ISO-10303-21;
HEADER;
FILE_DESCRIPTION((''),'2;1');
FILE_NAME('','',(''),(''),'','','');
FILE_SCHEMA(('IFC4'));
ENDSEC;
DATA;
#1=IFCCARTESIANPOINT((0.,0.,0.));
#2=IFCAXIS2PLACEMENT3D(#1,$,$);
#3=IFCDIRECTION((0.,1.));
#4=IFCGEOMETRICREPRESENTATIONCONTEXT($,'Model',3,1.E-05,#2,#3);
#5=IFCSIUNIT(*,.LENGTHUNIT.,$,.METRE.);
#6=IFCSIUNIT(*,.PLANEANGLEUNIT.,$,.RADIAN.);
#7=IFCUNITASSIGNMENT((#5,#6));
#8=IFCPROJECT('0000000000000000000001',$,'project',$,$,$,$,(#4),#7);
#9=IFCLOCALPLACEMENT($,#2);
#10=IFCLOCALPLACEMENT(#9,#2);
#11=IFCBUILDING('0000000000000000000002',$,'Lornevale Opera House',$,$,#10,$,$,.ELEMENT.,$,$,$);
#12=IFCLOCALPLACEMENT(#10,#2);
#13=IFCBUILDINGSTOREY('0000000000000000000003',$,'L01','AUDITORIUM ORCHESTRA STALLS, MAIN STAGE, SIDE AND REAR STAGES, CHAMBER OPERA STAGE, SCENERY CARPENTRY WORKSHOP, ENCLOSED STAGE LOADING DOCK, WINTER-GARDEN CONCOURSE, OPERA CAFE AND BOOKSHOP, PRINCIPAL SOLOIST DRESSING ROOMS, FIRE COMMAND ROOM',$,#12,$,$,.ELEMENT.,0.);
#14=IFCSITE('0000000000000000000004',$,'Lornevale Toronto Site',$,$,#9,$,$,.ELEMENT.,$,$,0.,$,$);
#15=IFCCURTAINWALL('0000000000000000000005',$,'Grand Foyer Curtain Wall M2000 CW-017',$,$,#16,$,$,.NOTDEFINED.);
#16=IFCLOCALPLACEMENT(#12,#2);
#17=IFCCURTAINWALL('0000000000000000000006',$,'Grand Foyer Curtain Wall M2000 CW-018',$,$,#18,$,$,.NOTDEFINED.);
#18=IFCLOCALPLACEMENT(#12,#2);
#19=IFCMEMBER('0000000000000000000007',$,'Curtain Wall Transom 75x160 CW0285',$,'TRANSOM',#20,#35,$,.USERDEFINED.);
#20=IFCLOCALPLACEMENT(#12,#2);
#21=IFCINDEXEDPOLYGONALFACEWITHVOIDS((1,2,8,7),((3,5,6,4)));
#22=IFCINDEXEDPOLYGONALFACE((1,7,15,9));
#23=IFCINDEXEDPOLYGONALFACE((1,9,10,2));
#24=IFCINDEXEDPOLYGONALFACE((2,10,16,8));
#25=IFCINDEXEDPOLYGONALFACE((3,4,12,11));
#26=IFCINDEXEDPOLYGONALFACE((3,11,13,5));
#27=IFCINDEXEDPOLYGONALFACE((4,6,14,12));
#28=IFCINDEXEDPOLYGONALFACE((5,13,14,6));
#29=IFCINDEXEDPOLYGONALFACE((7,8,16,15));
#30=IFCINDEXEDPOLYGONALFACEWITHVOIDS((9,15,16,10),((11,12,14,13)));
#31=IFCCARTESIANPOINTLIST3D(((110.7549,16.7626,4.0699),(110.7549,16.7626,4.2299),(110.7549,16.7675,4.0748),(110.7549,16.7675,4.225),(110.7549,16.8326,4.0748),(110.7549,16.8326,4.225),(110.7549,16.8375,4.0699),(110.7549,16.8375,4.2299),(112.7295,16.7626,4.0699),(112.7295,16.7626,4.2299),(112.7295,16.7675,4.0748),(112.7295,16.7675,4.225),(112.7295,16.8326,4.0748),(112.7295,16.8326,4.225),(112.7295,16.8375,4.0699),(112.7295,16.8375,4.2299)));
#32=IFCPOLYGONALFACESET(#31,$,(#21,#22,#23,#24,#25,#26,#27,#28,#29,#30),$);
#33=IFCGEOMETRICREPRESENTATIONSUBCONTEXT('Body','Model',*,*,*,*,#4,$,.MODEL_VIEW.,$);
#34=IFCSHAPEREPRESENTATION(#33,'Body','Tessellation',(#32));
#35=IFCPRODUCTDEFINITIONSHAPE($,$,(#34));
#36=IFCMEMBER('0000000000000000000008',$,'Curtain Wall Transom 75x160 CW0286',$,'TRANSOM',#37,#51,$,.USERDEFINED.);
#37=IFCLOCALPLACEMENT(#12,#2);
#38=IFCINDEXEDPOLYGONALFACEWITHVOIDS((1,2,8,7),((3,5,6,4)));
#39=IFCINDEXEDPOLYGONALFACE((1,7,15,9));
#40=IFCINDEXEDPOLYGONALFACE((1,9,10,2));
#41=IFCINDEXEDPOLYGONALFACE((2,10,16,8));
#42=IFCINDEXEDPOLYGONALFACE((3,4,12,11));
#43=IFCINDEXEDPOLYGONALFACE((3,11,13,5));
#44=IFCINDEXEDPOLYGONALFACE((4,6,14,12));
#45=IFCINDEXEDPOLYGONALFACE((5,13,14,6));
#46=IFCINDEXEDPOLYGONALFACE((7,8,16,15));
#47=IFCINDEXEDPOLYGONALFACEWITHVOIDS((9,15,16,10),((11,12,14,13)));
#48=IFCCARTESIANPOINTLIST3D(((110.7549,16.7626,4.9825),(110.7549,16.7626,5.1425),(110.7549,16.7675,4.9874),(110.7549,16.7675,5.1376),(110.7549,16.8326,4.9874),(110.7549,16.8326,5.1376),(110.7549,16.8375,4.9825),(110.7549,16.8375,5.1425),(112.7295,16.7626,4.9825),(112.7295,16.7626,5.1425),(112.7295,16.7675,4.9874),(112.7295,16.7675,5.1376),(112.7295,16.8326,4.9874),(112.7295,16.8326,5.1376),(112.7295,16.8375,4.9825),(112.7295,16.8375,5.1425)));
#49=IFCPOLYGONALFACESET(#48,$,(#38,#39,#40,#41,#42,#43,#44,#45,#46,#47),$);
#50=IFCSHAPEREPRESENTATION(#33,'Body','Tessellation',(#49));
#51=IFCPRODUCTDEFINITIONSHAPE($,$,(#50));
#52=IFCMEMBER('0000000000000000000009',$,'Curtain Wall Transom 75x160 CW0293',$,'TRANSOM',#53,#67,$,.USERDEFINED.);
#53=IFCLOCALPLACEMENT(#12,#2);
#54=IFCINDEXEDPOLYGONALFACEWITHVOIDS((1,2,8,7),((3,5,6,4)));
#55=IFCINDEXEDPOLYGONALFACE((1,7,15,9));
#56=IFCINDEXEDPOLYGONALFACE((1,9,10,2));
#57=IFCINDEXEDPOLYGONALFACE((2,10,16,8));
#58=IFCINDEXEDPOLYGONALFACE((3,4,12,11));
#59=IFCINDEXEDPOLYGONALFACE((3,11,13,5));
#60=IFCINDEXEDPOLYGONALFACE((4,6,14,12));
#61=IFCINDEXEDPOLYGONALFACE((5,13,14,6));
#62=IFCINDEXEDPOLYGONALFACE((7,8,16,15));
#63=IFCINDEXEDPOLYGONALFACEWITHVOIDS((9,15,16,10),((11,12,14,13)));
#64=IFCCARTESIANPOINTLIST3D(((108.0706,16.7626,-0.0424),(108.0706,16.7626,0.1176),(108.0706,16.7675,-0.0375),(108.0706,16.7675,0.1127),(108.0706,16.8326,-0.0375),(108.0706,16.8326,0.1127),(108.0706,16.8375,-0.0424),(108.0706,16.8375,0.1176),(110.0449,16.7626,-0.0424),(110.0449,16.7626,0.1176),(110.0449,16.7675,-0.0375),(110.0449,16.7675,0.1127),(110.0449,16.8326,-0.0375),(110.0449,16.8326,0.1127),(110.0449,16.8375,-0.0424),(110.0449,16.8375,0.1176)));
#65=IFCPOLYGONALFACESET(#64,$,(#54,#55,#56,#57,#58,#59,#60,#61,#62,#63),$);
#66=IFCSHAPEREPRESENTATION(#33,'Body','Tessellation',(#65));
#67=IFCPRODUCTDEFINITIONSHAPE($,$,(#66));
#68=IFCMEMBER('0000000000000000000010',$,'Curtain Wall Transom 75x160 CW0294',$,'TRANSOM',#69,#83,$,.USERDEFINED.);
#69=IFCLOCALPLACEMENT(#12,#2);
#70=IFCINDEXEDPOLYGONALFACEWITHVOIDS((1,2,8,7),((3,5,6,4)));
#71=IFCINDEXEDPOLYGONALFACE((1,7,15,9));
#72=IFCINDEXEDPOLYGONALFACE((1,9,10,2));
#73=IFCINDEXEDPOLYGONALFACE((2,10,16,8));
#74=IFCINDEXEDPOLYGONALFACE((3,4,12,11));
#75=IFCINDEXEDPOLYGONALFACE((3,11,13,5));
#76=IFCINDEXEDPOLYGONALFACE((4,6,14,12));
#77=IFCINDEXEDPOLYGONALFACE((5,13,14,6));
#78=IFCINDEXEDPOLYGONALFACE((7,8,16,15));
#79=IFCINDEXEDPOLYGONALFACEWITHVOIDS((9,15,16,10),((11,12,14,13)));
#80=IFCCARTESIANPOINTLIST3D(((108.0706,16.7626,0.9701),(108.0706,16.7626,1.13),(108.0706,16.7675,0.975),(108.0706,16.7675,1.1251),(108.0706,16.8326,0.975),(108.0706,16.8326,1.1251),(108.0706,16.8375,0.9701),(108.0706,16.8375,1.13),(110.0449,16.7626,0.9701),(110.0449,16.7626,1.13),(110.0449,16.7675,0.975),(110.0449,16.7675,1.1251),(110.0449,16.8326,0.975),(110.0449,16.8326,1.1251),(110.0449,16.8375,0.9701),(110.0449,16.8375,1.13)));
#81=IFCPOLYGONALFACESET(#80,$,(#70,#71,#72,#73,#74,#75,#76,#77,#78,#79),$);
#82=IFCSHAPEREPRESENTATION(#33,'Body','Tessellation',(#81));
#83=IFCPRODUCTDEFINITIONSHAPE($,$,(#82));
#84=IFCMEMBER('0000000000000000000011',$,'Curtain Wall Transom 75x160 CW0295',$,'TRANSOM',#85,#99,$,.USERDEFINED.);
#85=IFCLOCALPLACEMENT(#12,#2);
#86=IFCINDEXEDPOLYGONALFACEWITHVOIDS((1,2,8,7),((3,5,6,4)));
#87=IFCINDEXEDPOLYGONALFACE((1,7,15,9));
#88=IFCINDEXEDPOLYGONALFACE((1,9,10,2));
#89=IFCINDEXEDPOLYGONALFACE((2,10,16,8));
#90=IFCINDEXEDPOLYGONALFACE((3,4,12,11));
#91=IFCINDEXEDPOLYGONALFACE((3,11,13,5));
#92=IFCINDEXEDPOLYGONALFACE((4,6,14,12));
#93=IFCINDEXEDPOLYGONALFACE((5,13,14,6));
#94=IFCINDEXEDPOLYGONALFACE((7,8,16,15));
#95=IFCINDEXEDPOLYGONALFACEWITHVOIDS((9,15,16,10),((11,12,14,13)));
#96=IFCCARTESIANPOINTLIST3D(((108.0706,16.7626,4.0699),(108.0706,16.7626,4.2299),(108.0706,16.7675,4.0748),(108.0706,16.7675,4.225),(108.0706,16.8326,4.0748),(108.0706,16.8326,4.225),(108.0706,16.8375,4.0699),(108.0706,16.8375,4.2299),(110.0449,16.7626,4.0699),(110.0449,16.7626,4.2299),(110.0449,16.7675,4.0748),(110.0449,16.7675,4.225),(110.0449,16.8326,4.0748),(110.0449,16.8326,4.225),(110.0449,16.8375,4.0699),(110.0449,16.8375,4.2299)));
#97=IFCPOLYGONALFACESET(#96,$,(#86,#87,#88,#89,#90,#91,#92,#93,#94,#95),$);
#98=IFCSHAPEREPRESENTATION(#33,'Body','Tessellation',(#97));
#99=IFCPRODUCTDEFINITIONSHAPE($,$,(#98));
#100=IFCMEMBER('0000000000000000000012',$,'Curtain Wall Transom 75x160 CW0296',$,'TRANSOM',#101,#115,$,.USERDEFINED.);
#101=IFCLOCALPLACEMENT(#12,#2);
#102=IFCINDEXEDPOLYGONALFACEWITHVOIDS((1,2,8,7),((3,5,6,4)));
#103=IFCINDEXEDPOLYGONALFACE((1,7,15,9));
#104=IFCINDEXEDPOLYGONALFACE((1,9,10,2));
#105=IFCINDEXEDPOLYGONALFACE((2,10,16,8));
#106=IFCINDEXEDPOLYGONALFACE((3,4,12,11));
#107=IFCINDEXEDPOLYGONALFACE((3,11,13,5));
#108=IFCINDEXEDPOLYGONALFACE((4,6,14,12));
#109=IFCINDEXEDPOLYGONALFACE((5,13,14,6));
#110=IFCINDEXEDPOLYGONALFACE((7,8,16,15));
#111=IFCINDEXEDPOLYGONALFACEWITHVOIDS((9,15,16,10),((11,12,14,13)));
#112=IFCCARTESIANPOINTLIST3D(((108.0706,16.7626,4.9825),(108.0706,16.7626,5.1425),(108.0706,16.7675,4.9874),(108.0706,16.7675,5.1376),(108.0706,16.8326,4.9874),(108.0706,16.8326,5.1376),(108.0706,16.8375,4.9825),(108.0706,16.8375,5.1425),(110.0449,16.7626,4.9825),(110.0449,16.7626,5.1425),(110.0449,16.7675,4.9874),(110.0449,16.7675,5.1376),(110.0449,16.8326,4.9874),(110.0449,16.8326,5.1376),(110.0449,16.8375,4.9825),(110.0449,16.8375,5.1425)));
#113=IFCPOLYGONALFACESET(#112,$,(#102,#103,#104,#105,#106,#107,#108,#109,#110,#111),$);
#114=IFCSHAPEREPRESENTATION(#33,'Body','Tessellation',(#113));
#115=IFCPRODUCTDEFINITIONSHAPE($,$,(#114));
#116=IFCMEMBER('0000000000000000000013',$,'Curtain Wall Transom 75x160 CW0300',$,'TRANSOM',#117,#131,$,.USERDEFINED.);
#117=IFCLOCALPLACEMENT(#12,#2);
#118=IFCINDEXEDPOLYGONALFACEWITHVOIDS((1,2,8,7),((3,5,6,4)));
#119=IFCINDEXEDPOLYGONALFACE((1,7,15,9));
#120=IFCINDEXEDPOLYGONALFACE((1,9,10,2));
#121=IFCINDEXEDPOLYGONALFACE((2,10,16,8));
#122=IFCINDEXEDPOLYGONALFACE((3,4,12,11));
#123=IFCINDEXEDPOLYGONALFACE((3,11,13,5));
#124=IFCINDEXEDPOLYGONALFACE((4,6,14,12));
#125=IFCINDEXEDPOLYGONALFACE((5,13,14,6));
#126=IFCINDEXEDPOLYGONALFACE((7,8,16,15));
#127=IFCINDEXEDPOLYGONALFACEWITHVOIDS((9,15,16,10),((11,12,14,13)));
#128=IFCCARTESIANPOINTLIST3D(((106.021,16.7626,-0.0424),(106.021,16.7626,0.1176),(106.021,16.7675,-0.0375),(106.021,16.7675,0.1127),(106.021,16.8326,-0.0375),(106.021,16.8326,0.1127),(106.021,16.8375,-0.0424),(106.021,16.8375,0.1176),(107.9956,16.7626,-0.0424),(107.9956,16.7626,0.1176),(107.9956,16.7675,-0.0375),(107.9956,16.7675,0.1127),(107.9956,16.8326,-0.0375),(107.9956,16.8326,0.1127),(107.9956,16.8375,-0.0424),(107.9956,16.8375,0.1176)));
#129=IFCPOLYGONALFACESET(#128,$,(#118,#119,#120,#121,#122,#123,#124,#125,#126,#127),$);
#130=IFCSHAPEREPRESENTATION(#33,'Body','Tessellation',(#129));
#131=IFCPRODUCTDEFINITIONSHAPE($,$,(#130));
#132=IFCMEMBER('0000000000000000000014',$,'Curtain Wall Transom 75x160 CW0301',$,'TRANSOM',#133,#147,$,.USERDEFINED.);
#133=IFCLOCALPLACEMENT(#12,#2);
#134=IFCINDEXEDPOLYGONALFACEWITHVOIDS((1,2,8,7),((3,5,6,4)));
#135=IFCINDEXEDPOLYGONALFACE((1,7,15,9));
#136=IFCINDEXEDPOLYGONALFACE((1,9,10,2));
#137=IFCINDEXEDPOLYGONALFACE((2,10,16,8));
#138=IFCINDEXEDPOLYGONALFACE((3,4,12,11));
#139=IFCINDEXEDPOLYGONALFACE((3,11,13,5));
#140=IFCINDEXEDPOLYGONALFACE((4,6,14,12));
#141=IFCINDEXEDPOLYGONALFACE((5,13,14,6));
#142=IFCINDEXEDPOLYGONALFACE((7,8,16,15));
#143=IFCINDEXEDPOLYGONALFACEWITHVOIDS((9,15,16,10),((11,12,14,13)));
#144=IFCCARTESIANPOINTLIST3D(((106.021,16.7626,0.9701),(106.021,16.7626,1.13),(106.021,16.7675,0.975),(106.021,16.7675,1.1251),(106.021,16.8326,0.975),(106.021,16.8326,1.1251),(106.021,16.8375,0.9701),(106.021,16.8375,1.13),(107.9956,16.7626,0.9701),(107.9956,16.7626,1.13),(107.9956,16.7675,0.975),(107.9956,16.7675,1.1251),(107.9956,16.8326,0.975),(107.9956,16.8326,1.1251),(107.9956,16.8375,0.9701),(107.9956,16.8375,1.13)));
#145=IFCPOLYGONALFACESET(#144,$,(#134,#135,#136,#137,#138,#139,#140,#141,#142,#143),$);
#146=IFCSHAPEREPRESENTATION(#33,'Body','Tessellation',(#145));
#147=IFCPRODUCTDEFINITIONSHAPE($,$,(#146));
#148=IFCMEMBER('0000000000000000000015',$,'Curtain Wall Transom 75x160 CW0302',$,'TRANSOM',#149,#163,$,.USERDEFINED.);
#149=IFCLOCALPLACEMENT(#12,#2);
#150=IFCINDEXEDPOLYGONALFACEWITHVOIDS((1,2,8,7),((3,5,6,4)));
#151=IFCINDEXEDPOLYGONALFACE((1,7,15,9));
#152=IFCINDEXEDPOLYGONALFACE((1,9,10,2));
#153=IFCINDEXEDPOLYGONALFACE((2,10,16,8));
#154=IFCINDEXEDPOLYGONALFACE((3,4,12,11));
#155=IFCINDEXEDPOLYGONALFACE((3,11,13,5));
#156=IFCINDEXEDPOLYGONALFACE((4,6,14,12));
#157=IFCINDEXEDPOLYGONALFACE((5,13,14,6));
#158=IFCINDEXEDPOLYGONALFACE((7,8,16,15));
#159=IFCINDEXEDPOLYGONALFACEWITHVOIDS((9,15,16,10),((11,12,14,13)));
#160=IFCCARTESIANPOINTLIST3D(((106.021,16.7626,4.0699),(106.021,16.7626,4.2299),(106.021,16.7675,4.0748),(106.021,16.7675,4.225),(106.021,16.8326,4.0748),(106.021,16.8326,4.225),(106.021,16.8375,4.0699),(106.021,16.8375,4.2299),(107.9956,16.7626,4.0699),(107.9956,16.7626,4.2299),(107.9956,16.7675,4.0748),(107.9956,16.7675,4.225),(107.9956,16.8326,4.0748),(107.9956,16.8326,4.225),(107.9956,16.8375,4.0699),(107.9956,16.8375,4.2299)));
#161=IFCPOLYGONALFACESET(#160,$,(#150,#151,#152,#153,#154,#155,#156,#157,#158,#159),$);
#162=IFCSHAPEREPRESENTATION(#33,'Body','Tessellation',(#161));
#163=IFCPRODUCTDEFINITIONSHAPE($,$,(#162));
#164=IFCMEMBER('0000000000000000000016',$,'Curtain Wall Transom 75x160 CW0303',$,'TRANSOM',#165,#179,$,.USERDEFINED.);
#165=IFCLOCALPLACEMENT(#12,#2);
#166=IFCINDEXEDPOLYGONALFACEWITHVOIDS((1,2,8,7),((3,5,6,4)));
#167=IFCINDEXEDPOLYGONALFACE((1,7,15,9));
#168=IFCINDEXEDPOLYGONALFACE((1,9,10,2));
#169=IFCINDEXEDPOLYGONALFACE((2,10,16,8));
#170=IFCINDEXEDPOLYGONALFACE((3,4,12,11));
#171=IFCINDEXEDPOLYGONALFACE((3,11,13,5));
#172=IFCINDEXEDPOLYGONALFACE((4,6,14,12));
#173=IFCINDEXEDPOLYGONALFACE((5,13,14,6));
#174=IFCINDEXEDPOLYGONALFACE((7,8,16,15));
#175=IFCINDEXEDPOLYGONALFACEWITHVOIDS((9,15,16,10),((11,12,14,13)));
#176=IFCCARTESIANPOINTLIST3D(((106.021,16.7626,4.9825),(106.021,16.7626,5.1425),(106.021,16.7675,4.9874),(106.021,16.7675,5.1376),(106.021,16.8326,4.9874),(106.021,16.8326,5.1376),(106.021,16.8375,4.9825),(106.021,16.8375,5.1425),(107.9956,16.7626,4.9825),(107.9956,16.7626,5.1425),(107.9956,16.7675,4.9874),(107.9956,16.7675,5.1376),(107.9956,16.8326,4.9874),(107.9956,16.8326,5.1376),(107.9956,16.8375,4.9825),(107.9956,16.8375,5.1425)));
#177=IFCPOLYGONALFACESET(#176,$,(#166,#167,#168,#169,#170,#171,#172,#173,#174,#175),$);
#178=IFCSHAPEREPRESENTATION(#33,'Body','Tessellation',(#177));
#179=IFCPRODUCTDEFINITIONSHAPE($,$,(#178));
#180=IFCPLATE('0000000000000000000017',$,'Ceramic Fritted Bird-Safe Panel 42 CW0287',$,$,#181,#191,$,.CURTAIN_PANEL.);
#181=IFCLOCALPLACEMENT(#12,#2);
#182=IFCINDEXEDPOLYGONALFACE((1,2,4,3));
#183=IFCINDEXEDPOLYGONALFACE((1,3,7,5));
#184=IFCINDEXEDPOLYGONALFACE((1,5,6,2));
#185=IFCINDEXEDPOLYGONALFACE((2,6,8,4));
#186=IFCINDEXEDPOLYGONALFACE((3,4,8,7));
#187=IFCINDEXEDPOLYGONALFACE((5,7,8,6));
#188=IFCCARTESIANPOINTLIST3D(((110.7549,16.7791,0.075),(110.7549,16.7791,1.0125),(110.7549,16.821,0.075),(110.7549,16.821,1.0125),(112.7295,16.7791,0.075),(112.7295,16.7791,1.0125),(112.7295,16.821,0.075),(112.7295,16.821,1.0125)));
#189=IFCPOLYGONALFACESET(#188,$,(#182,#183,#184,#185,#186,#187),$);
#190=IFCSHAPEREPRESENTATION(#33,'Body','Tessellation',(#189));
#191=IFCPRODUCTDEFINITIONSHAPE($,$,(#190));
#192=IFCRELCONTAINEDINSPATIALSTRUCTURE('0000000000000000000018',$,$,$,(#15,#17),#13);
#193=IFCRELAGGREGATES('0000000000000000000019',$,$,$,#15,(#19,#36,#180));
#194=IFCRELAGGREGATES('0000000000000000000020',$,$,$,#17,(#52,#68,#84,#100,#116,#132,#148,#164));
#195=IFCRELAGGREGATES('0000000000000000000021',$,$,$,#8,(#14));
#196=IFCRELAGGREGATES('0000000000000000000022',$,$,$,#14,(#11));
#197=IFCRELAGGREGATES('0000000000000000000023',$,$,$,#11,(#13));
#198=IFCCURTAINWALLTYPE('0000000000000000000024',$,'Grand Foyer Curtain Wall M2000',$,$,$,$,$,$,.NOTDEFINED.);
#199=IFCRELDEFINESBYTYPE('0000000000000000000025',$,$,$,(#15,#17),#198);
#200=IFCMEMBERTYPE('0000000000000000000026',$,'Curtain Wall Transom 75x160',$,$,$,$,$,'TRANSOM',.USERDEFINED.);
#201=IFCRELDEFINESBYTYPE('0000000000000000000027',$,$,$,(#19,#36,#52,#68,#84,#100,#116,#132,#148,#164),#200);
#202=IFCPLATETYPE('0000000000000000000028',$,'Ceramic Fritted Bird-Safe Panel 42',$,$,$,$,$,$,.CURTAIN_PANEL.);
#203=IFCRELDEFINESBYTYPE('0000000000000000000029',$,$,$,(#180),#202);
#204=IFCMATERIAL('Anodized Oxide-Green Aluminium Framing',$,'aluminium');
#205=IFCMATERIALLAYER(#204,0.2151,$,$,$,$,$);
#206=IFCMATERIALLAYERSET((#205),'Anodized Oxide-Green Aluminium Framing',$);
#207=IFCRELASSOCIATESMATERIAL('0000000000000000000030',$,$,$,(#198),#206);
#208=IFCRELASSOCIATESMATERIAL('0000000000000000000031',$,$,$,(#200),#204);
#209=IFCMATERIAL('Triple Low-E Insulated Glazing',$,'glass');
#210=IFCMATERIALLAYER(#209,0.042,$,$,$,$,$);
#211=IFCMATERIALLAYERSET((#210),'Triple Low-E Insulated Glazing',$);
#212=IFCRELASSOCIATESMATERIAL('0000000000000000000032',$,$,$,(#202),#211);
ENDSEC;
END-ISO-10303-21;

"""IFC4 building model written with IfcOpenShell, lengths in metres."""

from ifc_helpers import new_model, si_unit, direction, frame, origin, origin_2d, place, context, subcontext, project, spatial, rectangle, hollow_rectangle, extrude, material, layer, layer_set, material_profile, profile_set, type_object, element, aggregate, save


model = new_model("IFC4")

# Units and contexts
model_context = context("Model", 3, precision=1e-05, world=origin(), true_north=direction((0.0, 1.0)))
body_context = subcontext(model_context, "Body", "Model", "MODEL_VIEW")
ifc_project = project(units=[si_unit("LENGTHUNIT", "METRE"), si_unit("PLANEANGLEUNIT", "RADIAN")], contexts=[model_context])

# Site, building, storey
site_placement = place(None, origin())
site = spatial("IfcSite", under=ifc_project, at=site_placement, Name="Lornevale Toronto Site", CompositionType="ELEMENT", RefElevation=0.0)
building_placement = place(site_placement, origin())
building = spatial("IfcBuilding", under=site, at=building_placement, Name="Lornevale Opera House", CompositionType="ELEMENT")
storey_placement = place(building_placement, origin())
storey = spatial("IfcBuildingStorey", under=building, at=storey_placement, Name="L01", Description="AUDITORIUM ORCHESTRA STALLS, MAIN STAGE, SIDE AND REAR STAGES, CHAMBER OPERA STAGE, SCENERY CARPENTRY WORKSHOP, ENCLOSED STAGE LOADING DOCK, WINTER-GARDEN CONCOURSE, OPERA CAFE AND BOOKSHOP, PRINCIPAL SOLOIST DRESSING ROOMS, FIRE COMMAND ROOM", CompositionType="ELEMENT", Elevation=0.0)

# Curtain wall
ifc_material_1 = material(Name="Anodized Oxide-Green Aluminium Framing", Category="aluminium")
ifc_layer_1 = layer(ifc_material_1, 0.2151)
ifc_layer_set_1 = layer_set([ifc_layer_1], Name="Anodized Oxide-Green Aluminium Framing")
curtain_wall_type = type_object("IfcCurtainWallType", Name="Grand Foyer Curtain Wall M2000", PredefinedType="NOTDEFINED", material=ifc_layer_set_1)
curtain_wall_1_placement = place(storey_placement, origin())
curtain_wall_1 = element("IfcCurtainWall", 1, at=curtain_wall_1_placement, inside=storey, type_object=curtain_wall_type, Name="Grand Foyer Curtain Wall M2000 CW-017", PredefinedType="NOTDEFINED")

# Curtain wall
curtain_wall_2_placement = place(storey_placement, origin())
curtain_wall_2 = element("IfcCurtainWall", 2, at=curtain_wall_2_placement, inside=storey, type_object=curtain_wall_type, Name="Grand Foyer Curtain Wall M2000 CW-018", PredefinedType="NOTDEFINED")

# Members
ifc_material_profile_1 = material_profile(ifc_material_1, hollow_rectangle(XDim=0.075, YDim=0.1599, WallThickness=0.0049, at=origin_2d()), Name="ALU75x160x5")
ifc_profile_set_1 = profile_set([ifc_material_profile_1], Name="Anodized Oxide-Green Aluminium Framing")
member_type_1 = type_object("IfcMemberType", Name="Curtain Wall Transom 75x160", ElementType="TRANSOM", PredefinedType="USERDEFINED", material=ifc_profile_set_1)
member_1_placement = place(storey_placement, frame((112.7295, 16.8, 4.1499), z_axis=(-1.0, 0.0, 0.0), x_axis=(0.0, -1.0, 0.0)))
member_1 = element("IfcMember", 3, at=member_1_placement, type_object=member_type_1, Name="Curtain Wall Transom 75x160 CW0285", ObjectType="TRANSOM", PredefinedType="USERDEFINED", context=body_context, shape_type="SweptSolid", body=[
    extrude(hollow_rectangle(XDim=0.075, YDim=0.1599, WallThickness=0.0049, at=origin_2d()), origin(), (0.0, 0.0, 1.0), 1.9746),
])
member_2_placement = place(storey_placement, frame((112.7295, 16.8, 5.0625), z_axis=(-1.0, 0.0, 0.0), x_axis=(0.0, -1.0, 0.0)))
member_2 = element("IfcMember", 4, at=member_2_placement, type_object=member_type_1, Name="Curtain Wall Transom 75x160 CW0286", ObjectType="TRANSOM", PredefinedType="USERDEFINED", context=body_context, shape_type="SweptSolid", body=[
    extrude(hollow_rectangle(XDim=0.075, YDim=0.1599, WallThickness=0.0049, at=origin_2d()), origin(), (0.0, 0.0, 1.0), 1.9746),
])
member_3_placement = place(storey_placement, frame((110.0449, 16.8, 0.0376), z_axis=(-1.0, 0.0, 0.0), x_axis=(0.0, -1.0, 0.0)))
member_3 = element("IfcMember", 5, at=member_3_placement, type_object=member_type_1, Name="Curtain Wall Transom 75x160 CW0293", ObjectType="TRANSOM", PredefinedType="USERDEFINED", context=body_context, shape_type="SweptSolid", body=[
    extrude(hollow_rectangle(XDim=0.075, YDim=0.1599, WallThickness=0.0049, at=origin_2d()), origin(), (0.0, 0.0, 1.0), 1.9744),
])
member_4_placement = place(storey_placement, frame((110.0449, 16.8, 1.05), z_axis=(-1.0, 0.0, 0.0), x_axis=(0.0, -1.0, 0.0)))
member_4 = element("IfcMember", 6, at=member_4_placement, type_object=member_type_1, Name="Curtain Wall Transom 75x160 CW0294", ObjectType="TRANSOM", PredefinedType="USERDEFINED", context=body_context, shape_type="SweptSolid", body=[
    extrude(hollow_rectangle(XDim=0.075, YDim=0.1599, WallThickness=0.0049, at=origin_2d()), origin(), (0.0, 0.0, 1.0), 1.9744),
])
member_5_placement = place(storey_placement, frame((110.0449, 16.8, 4.1499), z_axis=(-1.0, 0.0, 0.0), x_axis=(0.0, -1.0, 0.0)))
member_5 = element("IfcMember", 7, at=member_5_placement, type_object=member_type_1, Name="Curtain Wall Transom 75x160 CW0295", ObjectType="TRANSOM", PredefinedType="USERDEFINED", context=body_context, shape_type="SweptSolid", body=[
    extrude(hollow_rectangle(XDim=0.075, YDim=0.1599, WallThickness=0.0049, at=origin_2d()), origin(), (0.0, 0.0, 1.0), 1.9744),
])
member_6_placement = place(storey_placement, frame((110.0449, 16.8, 5.0625), z_axis=(-1.0, 0.0, 0.0), x_axis=(0.0, -1.0, 0.0)))
member_6 = element("IfcMember", 8, at=member_6_placement, type_object=member_type_1, Name="Curtain Wall Transom 75x160 CW0296", ObjectType="TRANSOM", PredefinedType="USERDEFINED", context=body_context, shape_type="SweptSolid", body=[
    extrude(hollow_rectangle(XDim=0.075, YDim=0.1599, WallThickness=0.0049, at=origin_2d()), origin(), (0.0, 0.0, 1.0), 1.9744),
])
member_7_placement = place(storey_placement, frame((107.9956, 16.8, 0.0376), z_axis=(-1.0, 0.0, 0.0), x_axis=(0.0, -1.0, 0.0)))
member_7 = element("IfcMember", 9, at=member_7_placement, type_object=member_type_1, Name="Curtain Wall Transom 75x160 CW0300", ObjectType="TRANSOM", PredefinedType="USERDEFINED", context=body_context, shape_type="SweptSolid", body=[
    extrude(hollow_rectangle(XDim=0.075, YDim=0.1599, WallThickness=0.0049, at=origin_2d()), origin(), (0.0, 0.0, 1.0), 1.9746),
])
member_8_placement = place(storey_placement, frame((107.9956, 16.8, 1.05), z_axis=(-1.0, 0.0, 0.0), x_axis=(0.0, -1.0, 0.0)))
member_8 = element("IfcMember", 10, at=member_8_placement, type_object=member_type_1, Name="Curtain Wall Transom 75x160 CW0301", ObjectType="TRANSOM", PredefinedType="USERDEFINED", context=body_context, shape_type="SweptSolid", body=[
    extrude(hollow_rectangle(XDim=0.075, YDim=0.1599, WallThickness=0.0049, at=origin_2d()), origin(), (0.0, 0.0, 1.0), 1.9746),
])
member_9_placement = place(storey_placement, frame((107.9956, 16.8, 4.1499), z_axis=(-1.0, 0.0, 0.0), x_axis=(0.0, -1.0, 0.0)))
member_9 = element("IfcMember", 11, at=member_9_placement, type_object=member_type_1, Name="Curtain Wall Transom 75x160 CW0302", ObjectType="TRANSOM", PredefinedType="USERDEFINED", context=body_context, shape_type="SweptSolid", body=[
    extrude(hollow_rectangle(XDim=0.075, YDim=0.1599, WallThickness=0.0049, at=origin_2d()), origin(), (0.0, 0.0, 1.0), 1.9746),
])
member_10_placement = place(storey_placement, frame((107.9956, 16.8, 5.0625), z_axis=(-1.0, 0.0, 0.0), x_axis=(0.0, -1.0, 0.0)))
member_10 = element("IfcMember", 12, at=member_10_placement, type_object=member_type_1, Name="Curtain Wall Transom 75x160 CW0303", ObjectType="TRANSOM", PredefinedType="USERDEFINED", context=body_context, shape_type="SweptSolid", body=[
    extrude(hollow_rectangle(XDim=0.075, YDim=0.1599, WallThickness=0.0049, at=origin_2d()), origin(), (0.0, 0.0, 1.0), 1.9746),
])

# Plate
ifc_material_2 = material(Name="Triple Low-E Insulated Glazing", Category="glass")
ifc_layer_2 = layer(ifc_material_2, 0.042)
ifc_layer_set_2 = layer_set([ifc_layer_2], Name="Triple Low-E Insulated Glazing")
plate_type = type_object("IfcPlateType", Name="Ceramic Fritted Bird-Safe Panel 42", PredefinedType="CURTAIN_PANEL", material=ifc_layer_set_2)
plate_1_placement = place(storey_placement, frame((111.7422, 16.8, 0.075), z_axis=(0.0, 0.0, 1.0), x_axis=(-1.0, 0.0, 0.0)))
plate_1 = element("IfcPlate", 13, at=plate_1_placement, type_object=plate_type, Name="Ceramic Fritted Bird-Safe Panel 42 CW0287", PredefinedType="CURTAIN_PANEL", context=body_context, shape_type="SweptSolid", body=[
    extrude(rectangle(XDim=1.9746, YDim=0.042, at=origin_2d()), origin(), (0.0, 0.0, 1.0), 0.9375),
])
aggregate(curtain_wall_1, [member_1, member_2, plate_1])
aggregate(curtain_wall_2, [member_3, member_4, member_5, member_6, member_7, member_8, member_9, member_10])

save(model, "model.ifc")
